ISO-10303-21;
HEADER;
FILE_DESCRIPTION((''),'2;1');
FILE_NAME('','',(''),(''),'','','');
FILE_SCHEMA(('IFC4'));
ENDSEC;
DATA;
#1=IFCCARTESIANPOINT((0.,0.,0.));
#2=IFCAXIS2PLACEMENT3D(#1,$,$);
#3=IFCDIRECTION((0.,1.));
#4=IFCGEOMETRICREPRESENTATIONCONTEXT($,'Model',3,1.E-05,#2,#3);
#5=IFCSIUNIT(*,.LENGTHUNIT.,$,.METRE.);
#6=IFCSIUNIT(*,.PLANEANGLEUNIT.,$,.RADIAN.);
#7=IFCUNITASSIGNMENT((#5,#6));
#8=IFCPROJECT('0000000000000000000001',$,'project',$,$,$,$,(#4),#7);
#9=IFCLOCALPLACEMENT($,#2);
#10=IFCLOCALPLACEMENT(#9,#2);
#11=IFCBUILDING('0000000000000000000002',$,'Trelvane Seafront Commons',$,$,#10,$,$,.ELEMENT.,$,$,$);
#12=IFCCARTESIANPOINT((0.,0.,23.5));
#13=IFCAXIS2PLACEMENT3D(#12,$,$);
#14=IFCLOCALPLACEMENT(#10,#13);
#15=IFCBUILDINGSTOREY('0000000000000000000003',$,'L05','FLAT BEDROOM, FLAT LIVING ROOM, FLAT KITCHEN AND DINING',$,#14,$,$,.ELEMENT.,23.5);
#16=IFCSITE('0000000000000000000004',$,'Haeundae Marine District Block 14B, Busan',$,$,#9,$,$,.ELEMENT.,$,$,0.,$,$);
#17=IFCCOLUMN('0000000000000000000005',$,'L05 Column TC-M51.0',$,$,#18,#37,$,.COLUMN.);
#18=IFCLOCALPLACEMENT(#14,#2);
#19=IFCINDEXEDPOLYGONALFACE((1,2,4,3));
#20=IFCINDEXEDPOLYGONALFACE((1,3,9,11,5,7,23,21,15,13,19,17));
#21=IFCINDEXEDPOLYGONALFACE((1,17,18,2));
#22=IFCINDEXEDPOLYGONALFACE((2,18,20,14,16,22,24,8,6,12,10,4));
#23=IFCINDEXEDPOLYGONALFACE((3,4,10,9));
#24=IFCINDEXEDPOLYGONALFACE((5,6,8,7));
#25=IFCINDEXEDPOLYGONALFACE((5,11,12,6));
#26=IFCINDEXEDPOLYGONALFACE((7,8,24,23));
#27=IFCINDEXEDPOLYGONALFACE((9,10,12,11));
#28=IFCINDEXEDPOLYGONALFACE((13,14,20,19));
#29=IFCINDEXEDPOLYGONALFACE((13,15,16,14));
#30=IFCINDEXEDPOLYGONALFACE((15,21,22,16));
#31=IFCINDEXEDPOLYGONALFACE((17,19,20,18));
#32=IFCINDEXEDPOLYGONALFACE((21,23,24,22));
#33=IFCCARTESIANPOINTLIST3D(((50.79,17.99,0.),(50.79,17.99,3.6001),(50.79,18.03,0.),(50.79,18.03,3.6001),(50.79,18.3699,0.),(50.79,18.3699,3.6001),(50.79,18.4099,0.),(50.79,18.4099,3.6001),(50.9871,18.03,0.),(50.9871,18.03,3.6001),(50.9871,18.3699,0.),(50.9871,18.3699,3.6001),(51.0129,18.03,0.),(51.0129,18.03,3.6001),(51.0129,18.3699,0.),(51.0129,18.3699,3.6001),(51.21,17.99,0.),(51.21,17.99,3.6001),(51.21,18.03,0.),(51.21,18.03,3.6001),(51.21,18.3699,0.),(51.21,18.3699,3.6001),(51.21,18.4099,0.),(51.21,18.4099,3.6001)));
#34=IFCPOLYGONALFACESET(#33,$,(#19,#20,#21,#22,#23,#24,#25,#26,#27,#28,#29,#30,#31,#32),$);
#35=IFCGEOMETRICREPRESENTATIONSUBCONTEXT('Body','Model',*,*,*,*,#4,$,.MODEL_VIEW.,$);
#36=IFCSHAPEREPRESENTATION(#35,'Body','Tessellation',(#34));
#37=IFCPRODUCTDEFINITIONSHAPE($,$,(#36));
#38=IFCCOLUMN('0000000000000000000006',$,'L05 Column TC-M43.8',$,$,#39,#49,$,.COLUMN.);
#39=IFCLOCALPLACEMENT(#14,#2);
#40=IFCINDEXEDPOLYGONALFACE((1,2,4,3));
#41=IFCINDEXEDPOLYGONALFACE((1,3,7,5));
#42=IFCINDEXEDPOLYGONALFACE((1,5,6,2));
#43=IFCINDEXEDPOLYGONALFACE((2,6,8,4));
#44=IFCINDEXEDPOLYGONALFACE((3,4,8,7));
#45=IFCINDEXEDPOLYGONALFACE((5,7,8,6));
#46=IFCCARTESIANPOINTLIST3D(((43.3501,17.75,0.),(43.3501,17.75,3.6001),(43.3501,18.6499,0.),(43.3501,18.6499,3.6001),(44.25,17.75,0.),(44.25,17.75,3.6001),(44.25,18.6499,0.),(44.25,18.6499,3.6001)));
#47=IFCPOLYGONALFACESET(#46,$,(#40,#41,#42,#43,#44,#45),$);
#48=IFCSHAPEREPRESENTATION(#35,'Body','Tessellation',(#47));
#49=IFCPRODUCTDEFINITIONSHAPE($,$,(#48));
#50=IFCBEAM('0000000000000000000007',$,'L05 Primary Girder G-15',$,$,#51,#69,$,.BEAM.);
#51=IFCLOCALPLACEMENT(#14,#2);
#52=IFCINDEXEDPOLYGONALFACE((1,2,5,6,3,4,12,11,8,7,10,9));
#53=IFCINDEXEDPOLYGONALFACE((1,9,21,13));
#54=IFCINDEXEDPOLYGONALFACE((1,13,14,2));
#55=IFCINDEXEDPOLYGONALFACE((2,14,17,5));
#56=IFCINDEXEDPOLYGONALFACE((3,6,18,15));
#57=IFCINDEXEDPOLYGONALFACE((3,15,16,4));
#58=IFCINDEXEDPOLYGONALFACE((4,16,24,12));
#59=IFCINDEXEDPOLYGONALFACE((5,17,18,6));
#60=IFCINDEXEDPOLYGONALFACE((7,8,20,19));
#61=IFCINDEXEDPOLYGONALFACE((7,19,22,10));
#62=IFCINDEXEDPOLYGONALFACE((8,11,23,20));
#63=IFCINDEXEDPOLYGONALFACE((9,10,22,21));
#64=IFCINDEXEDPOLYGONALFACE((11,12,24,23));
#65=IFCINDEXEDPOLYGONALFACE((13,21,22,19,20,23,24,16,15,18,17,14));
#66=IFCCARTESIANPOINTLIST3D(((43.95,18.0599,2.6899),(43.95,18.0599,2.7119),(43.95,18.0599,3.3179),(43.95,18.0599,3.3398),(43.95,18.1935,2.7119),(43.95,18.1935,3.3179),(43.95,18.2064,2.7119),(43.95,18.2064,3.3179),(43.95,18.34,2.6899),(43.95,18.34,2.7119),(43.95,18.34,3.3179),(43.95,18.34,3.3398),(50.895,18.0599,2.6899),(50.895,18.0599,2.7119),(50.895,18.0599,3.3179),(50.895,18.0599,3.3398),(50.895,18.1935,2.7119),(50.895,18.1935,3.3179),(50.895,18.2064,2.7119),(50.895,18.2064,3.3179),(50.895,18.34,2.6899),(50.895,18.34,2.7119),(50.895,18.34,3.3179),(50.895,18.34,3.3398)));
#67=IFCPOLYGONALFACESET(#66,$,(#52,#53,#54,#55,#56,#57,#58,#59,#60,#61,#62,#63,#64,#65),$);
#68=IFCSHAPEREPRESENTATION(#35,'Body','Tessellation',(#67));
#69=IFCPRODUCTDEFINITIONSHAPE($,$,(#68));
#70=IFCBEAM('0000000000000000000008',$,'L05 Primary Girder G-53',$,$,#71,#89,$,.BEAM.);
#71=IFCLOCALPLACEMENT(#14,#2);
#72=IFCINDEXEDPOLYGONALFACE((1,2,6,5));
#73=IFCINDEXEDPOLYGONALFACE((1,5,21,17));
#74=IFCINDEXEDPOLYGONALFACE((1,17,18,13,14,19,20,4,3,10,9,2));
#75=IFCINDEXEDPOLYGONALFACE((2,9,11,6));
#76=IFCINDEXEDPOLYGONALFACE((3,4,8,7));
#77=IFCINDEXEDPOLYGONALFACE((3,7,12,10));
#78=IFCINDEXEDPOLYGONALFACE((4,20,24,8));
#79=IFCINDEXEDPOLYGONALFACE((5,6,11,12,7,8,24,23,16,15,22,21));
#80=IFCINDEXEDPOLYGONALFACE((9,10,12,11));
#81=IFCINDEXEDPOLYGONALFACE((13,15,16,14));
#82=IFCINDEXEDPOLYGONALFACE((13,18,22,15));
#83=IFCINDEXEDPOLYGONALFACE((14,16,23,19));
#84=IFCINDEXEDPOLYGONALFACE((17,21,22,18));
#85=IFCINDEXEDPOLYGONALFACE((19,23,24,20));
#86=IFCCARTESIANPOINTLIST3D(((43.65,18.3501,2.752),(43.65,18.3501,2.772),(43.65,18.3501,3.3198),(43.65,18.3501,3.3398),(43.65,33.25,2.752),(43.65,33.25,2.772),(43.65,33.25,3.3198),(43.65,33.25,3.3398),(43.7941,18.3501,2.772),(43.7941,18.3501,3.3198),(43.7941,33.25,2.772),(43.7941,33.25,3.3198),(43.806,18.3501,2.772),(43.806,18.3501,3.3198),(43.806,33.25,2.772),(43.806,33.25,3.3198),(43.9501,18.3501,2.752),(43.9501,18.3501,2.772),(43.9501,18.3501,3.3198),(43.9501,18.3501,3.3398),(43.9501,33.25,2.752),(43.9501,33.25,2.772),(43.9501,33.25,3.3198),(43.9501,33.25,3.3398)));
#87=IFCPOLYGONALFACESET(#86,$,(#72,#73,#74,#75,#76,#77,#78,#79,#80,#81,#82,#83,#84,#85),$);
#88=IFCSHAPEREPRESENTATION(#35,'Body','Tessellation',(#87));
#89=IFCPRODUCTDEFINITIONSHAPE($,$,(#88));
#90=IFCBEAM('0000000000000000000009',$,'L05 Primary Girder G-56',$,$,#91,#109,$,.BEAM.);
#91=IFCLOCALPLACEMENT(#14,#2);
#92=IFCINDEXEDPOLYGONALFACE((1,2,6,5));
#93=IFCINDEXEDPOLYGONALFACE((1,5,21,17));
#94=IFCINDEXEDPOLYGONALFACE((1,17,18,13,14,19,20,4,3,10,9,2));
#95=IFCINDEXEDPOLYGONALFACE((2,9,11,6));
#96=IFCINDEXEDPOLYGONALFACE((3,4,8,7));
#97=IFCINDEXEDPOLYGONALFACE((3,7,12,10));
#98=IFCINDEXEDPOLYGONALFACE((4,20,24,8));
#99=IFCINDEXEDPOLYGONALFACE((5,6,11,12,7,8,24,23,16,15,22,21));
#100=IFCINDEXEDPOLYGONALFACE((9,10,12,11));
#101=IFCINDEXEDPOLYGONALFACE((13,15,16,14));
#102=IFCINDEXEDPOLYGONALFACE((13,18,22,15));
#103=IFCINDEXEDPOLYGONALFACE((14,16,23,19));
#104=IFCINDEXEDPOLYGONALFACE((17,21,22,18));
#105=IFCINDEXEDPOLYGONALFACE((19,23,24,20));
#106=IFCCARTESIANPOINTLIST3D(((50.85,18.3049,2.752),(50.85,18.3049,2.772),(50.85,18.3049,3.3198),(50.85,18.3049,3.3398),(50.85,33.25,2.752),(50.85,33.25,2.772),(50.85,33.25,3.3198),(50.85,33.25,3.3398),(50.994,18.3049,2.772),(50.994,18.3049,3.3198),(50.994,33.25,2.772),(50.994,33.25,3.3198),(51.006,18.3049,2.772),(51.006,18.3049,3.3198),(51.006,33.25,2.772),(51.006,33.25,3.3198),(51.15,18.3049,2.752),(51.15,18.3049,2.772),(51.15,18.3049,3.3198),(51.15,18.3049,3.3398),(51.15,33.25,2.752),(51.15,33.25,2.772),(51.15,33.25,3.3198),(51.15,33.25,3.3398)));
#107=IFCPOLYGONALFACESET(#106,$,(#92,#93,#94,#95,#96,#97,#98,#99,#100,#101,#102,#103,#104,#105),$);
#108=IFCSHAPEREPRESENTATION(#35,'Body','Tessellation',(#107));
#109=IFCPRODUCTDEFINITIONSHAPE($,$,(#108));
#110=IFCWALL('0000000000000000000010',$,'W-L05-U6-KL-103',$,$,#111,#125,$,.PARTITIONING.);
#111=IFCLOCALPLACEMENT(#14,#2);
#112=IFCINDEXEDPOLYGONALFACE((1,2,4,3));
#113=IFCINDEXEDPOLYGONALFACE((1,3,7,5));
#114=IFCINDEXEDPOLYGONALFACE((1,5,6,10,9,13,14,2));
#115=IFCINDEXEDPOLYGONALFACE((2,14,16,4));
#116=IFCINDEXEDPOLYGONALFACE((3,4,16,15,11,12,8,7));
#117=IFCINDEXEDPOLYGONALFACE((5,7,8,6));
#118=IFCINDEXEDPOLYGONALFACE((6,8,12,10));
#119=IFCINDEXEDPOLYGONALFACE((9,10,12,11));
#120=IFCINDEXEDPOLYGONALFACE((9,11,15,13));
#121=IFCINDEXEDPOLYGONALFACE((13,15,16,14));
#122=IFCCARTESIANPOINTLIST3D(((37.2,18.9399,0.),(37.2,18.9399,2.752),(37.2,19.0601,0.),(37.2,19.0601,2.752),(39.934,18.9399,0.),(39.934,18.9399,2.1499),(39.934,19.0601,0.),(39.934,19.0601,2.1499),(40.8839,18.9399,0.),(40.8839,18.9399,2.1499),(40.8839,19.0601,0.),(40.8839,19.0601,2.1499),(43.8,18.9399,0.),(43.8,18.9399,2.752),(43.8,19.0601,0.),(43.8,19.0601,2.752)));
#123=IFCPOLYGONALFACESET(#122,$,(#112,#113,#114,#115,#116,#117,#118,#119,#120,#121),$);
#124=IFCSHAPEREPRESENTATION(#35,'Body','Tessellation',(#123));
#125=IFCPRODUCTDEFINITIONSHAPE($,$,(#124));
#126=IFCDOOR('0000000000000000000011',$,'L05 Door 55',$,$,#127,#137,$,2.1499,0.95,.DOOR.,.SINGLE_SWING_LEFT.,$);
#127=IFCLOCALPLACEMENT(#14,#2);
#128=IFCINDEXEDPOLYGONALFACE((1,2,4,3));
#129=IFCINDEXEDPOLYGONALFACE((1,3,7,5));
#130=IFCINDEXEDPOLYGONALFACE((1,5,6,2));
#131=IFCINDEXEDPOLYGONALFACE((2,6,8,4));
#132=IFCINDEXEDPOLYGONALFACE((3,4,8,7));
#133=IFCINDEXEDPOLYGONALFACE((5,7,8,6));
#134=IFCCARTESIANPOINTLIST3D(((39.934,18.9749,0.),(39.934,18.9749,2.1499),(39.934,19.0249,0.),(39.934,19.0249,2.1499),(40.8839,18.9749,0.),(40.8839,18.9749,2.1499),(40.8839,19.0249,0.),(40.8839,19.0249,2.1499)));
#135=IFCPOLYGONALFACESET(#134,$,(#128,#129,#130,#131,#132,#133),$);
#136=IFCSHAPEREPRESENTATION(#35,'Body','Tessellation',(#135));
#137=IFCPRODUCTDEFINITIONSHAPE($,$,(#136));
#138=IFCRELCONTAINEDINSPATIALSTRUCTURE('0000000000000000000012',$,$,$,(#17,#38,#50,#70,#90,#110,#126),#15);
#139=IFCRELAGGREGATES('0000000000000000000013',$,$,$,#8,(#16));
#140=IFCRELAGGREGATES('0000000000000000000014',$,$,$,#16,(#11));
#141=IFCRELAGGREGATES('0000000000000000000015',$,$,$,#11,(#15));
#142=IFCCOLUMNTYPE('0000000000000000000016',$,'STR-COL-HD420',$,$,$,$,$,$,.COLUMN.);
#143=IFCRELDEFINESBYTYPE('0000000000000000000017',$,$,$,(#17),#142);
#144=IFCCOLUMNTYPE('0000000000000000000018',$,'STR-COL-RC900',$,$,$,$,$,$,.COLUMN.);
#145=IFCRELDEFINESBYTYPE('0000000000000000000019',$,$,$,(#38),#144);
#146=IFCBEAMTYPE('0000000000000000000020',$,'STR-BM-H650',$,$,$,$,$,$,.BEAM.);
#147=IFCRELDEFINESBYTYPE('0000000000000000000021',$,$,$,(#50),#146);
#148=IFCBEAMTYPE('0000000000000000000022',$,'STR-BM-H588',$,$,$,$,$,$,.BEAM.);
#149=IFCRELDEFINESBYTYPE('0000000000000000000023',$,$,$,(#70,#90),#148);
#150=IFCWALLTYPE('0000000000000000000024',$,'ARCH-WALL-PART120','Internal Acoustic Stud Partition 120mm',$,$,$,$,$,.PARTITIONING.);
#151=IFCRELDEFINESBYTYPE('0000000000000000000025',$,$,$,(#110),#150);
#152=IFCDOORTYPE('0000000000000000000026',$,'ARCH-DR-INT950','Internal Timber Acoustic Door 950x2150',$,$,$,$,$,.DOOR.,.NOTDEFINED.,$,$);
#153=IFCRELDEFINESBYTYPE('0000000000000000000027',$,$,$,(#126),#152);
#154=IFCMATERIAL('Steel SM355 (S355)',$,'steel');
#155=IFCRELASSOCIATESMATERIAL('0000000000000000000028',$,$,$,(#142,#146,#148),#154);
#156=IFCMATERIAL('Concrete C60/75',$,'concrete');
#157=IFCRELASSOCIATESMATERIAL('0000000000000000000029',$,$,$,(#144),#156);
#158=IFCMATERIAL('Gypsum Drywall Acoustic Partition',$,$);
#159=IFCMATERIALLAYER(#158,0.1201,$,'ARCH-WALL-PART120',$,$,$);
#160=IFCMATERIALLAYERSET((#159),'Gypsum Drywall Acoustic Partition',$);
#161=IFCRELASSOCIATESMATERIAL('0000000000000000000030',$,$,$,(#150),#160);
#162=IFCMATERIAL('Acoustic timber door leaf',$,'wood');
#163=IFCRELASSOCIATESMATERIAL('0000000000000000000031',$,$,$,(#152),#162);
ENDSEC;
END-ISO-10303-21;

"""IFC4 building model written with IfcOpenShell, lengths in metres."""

from ifc_helpers import new_model, si_unit, direction, frame, frame_2d, origin, origin_2d, place, context, subcontext, project, spatial, rectangle, i_section, extrude, source, transform, mapped, material, layer, layer_set, material_profile, profile_set, type_object, element, fill, save


model = new_model("IFC4")

# Units and contexts
model_context = context("Model", 3, precision=1e-05, world=origin(), true_north=direction((0.0, 1.0)))
body_context = subcontext(model_context, "Body", "Model", "MODEL_VIEW")
ifc_project = project(units=[si_unit("LENGTHUNIT", "METRE"), si_unit("PLANEANGLEUNIT", "RADIAN")], contexts=[model_context])

# Site, building, storey
site_placement = place(None, origin())
site = spatial("IfcSite", under=ifc_project, at=site_placement, Name="Haeundae Marine District Block 14B, Busan", CompositionType="ELEMENT", RefElevation=0.0)
building_placement = place(site_placement, origin())
building = spatial("IfcBuilding", under=site, at=building_placement, Name="Trelvane Seafront Commons", CompositionType="ELEMENT")
storey_placement = place(building_placement, frame((0.0, 0.0, 23.5)))
storey = spatial("IfcBuildingStorey", under=building, at=storey_placement, Name="L05", Description="FLAT BEDROOM, FLAT LIVING ROOM, FLAT KITCHEN AND DINING", CompositionType="ELEMENT", Elevation=23.5)

# Columns
ifc_material_1 = material(Name="Steel SM355 (S355)", Category="steel")
ifc_material_profile_1 = material_profile(ifc_material_1, i_section(OverallWidth=0.4199, OverallDepth=0.4199, WebThickness=0.0259, FlangeThickness=0.04, at=origin_2d()), Name="HD-420x420x26x40")
ifc_profile_set_1 = profile_set([ifc_material_profile_1], Name="Steel SM355 (S355)")
column_type_1 = type_object("IfcColumnType", Name="STR-COL-HD420", PredefinedType="COLUMN", material=ifc_profile_set_1)
shared_shape_1 = source(origin(), body_context, "Body", "SweptSolid", [
    extrude(i_section(OverallWidth=0.4199, OverallDepth=0.4199, WebThickness=0.0259, FlangeThickness=0.04, at=origin_2d()), origin(), (0.0, 0.0, 1.0), 3.6001),
])
column_1_placement = place(storey_placement, frame((51.0, 18.2, 0.0), z_axis=(0.0, 0.0, 1.0), x_axis=(1.0, 0.0, 0.0)))
element("IfcColumn", 1, at=column_1_placement, inside=storey, type_object=column_type_1, Name="L05 Column TC-M51.0", PredefinedType="COLUMN", context=body_context, shape_type="MappedRepresentation", body=[
    mapped(shared_shape_1, transform((0.0, 0.0, 0.0), x_axis=(1.0, 0.0, 0.0), y_axis=(0.0, 1.0, 0.0), z_axis=(0.0, 0.0, 1.0), scale=1.0)),
])
ifc_material_2 = material(Name="Concrete C60/75", Category="concrete")
ifc_material_profile_2 = material_profile(ifc_material_2, rectangle(XDim=0.8999, YDim=0.8999, at=origin_2d()), Name="RC-900x900")
ifc_profile_set_2 = profile_set([ifc_material_profile_2], Name="Concrete C60/75")
column_type_2 = type_object("IfcColumnType", Name="STR-COL-RC900", PredefinedType="COLUMN", material=ifc_profile_set_2)
shared_shape_2 = source(origin(), body_context, "Body", "SweptSolid", [
    extrude(rectangle(XDim=0.8999, YDim=0.8999, at=origin_2d()), origin(), (0.0, 0.0, 1.0), 3.6001),
])
column_2_placement = place(storey_placement, frame((43.8, 18.2, 0.0), z_axis=(0.0, 0.0, 1.0), x_axis=(1.0, 0.0, 0.0)))
element("IfcColumn", 2, at=column_2_placement, inside=storey, type_object=column_type_2, Name="L05 Column TC-M43.8", PredefinedType="COLUMN", context=body_context, shape_type="MappedRepresentation", body=[
    mapped(shared_shape_2, transform((0.0, 0.0, 0.0), x_axis=(1.0, 0.0, 0.0), y_axis=(0.0, 1.0, 0.0), z_axis=(0.0, 0.0, 1.0), scale=1.0)),
])

# Beams
ifc_material_profile_3 = material_profile(ifc_material_1, i_section(OverallWidth=0.28, OverallDepth=0.6499, WebThickness=0.0129, FlangeThickness=0.022, at=origin_2d()), Name="H-650x280x13x22")
ifc_profile_set_3 = profile_set([ifc_material_profile_3], Name="Steel SM355 (S355)")
beam_type_1 = type_object("IfcBeamType", Name="STR-BM-H650", PredefinedType="BEAM", material=ifc_profile_set_3)
shared_shape_3 = source(origin(), body_context, "Body", "SweptSolid", [
    extrude(i_section(OverallWidth=0.28, OverallDepth=0.6499, WebThickness=0.0129, FlangeThickness=0.022, at=origin_2d()), origin(), (0.0, 0.0, 1.0), 6.9451),
])
beam_1_placement = place(storey_placement, frame((43.95, 18.2, 3.0149), z_axis=(1.0, 0.0, 0.0), x_axis=(0.0, 1.0, 0.0)))
element("IfcBeam", 3, at=beam_1_placement, inside=storey, type_object=beam_type_1, Name="L05 Primary Girder G-15", PredefinedType="BEAM", context=body_context, shape_type="MappedRepresentation", body=[
    mapped(shared_shape_3, transform((0.0, 0.0, 0.0), x_axis=(1.0, 0.0, 0.0), y_axis=(0.0, 1.0, 0.0), z_axis=(0.0, 0.0, 1.0), scale=1.0)),
])
ifc_material_profile_4 = material_profile(ifc_material_1, i_section(OverallWidth=0.3, OverallDepth=0.5879, WebThickness=0.012, FlangeThickness=0.02, at=origin_2d()), Name="H-588x300x12x20")
ifc_profile_set_4 = profile_set([ifc_material_profile_4], Name="Steel SM355 (S355)")
beam_type_2 = type_object("IfcBeamType", Name="STR-BM-H588", PredefinedType="BEAM", material=ifc_profile_set_4)
shared_shape_4 = source(origin(), body_context, "Body", "SweptSolid", [
    extrude(i_section(OverallWidth=0.3, OverallDepth=0.5879, WebThickness=0.012, FlangeThickness=0.02, at=origin_2d()), origin(), (0.0, 0.0, 1.0), 14.8999),
])
beam_2_placement = place(storey_placement, frame((43.8, 18.3501, 3.0459), z_axis=(0.0, 1.0, 0.0), x_axis=(-1.0, 0.0, 0.0)))
element("IfcBeam", 4, at=beam_2_placement, inside=storey, type_object=beam_type_2, Name="L05 Primary Girder G-53", PredefinedType="BEAM", context=body_context, shape_type="MappedRepresentation", body=[
    mapped(shared_shape_4, transform((0.0, 0.0, 0.0), x_axis=(1.0, 0.0, 0.0), y_axis=(0.0, 1.0, 0.0), z_axis=(0.0, 0.0, 1.0), scale=1.0)),
])
shared_shape_5 = source(origin(), body_context, "Body", "SweptSolid", [
    extrude(i_section(OverallWidth=0.3, OverallDepth=0.5879, WebThickness=0.012, FlangeThickness=0.02, at=origin_2d()), origin(), (0.0, 0.0, 1.0), 14.9451),
])
beam_3_placement = place(storey_placement, frame((51.0, 18.3049, 3.0459), z_axis=(0.0, 1.0, 0.0), x_axis=(-1.0, 0.0, 0.0)))
element("IfcBeam", 5, at=beam_3_placement, inside=storey, type_object=beam_type_2, Name="L05 Primary Girder G-56", PredefinedType="BEAM", context=body_context, shape_type="MappedRepresentation", body=[
    mapped(shared_shape_5, transform((0.0, 0.0, 0.0), x_axis=(1.0, 0.0, 0.0), y_axis=(0.0, 1.0, 0.0), z_axis=(0.0, 0.0, 1.0), scale=1.0)),
])

# Wall, opening, door
ifc_material_3 = material(Name="Gypsum Drywall Acoustic Partition")
ifc_layer = layer(ifc_material_3, 0.1201, Name="ARCH-WALL-PART120")
ifc_layer_set = layer_set([ifc_layer], Name="Gypsum Drywall Acoustic Partition")
wall_type = type_object("IfcWallType", Name="ARCH-WALL-PART120", Description="Internal Acoustic Stud Partition 120mm", PredefinedType="PARTITIONING", material=ifc_layer_set)
wall_1_placement = place(storey_placement, frame((37.2, 19.0, 0.0), z_axis=(0.0, 0.0, 1.0), x_axis=(1.0, 0.0, 0.0)))
wall_1 = element("IfcWall", 6, at=wall_1_placement, inside=storey, type_object=wall_type, Name="W-L05-U6-KL-103", PredefinedType="PARTITIONING", context=body_context, shape_type="SweptSolid", body=[
    extrude(rectangle(XDim=6.6001, YDim=0.1201, at=frame_2d((3.3, 0.0))), origin(), (0.0, 0.0, 1.0), 2.752),
])
opening_1_placement = place(wall_1_placement, frame((2.7339, 0.0, 0.0)))
opening_1 = element("IfcOpeningElement", 7, at=opening_1_placement, cuts=wall_1, PredefinedType="OPENING", context=body_context, shape_type="SweptSolid", body=[
    extrude(rectangle(XDim=0.95, YDim=2.1499, at=frame_2d((0.4751, 1.075))), frame((0.0, 0.0701, 0.0), z_axis=(0.0, -1.0, 0.0), x_axis=(1.0, 0.0, 0.0)), (0.0, 0.0, 1.0), 0.1401),
])
ifc_material_4 = material(Name="Acoustic timber door leaf", Category="wood")
door_type_1 = type_object("IfcDoorType", Name="ARCH-DR-INT950", Description="Internal Timber Acoustic Door 950x2150", OperationType="NOTDEFINED", PredefinedType="DOOR", material=ifc_material_4)
shared_shape_6 = source(origin(), body_context, "Body", "SweptSolid", [
    extrude(rectangle(XDim=0.95, YDim=2.1499, at=frame_2d((0.4751, 1.075))), frame((0.0, 0.0249, 0.0), z_axis=(0.0, -1.0, 0.0), x_axis=(1.0, 0.0, 0.0)), (0.0, 0.0, 1.0), 0.05),
])
door_1_placement = place(opening_1_placement, origin())
door_1 = element("IfcDoor", 8, at=door_1_placement, inside=storey, type_object=door_type_1, Name="L05 Door 55", OperationType="SINGLE_SWING_LEFT", OverallHeight=2.1499, OverallWidth=0.95, PredefinedType="DOOR", context=body_context, shape_type="MappedRepresentation", body=[
    mapped(shared_shape_6, transform((0.0, 0.0, 0.0), x_axis=(1.0, 0.0, 0.0), y_axis=(0.0, 1.0, 0.0), z_axis=(0.0, 0.0, 1.0), scale=1.0)),
])
fill(opening_1, door_1)

save(model, "model.ifc")
